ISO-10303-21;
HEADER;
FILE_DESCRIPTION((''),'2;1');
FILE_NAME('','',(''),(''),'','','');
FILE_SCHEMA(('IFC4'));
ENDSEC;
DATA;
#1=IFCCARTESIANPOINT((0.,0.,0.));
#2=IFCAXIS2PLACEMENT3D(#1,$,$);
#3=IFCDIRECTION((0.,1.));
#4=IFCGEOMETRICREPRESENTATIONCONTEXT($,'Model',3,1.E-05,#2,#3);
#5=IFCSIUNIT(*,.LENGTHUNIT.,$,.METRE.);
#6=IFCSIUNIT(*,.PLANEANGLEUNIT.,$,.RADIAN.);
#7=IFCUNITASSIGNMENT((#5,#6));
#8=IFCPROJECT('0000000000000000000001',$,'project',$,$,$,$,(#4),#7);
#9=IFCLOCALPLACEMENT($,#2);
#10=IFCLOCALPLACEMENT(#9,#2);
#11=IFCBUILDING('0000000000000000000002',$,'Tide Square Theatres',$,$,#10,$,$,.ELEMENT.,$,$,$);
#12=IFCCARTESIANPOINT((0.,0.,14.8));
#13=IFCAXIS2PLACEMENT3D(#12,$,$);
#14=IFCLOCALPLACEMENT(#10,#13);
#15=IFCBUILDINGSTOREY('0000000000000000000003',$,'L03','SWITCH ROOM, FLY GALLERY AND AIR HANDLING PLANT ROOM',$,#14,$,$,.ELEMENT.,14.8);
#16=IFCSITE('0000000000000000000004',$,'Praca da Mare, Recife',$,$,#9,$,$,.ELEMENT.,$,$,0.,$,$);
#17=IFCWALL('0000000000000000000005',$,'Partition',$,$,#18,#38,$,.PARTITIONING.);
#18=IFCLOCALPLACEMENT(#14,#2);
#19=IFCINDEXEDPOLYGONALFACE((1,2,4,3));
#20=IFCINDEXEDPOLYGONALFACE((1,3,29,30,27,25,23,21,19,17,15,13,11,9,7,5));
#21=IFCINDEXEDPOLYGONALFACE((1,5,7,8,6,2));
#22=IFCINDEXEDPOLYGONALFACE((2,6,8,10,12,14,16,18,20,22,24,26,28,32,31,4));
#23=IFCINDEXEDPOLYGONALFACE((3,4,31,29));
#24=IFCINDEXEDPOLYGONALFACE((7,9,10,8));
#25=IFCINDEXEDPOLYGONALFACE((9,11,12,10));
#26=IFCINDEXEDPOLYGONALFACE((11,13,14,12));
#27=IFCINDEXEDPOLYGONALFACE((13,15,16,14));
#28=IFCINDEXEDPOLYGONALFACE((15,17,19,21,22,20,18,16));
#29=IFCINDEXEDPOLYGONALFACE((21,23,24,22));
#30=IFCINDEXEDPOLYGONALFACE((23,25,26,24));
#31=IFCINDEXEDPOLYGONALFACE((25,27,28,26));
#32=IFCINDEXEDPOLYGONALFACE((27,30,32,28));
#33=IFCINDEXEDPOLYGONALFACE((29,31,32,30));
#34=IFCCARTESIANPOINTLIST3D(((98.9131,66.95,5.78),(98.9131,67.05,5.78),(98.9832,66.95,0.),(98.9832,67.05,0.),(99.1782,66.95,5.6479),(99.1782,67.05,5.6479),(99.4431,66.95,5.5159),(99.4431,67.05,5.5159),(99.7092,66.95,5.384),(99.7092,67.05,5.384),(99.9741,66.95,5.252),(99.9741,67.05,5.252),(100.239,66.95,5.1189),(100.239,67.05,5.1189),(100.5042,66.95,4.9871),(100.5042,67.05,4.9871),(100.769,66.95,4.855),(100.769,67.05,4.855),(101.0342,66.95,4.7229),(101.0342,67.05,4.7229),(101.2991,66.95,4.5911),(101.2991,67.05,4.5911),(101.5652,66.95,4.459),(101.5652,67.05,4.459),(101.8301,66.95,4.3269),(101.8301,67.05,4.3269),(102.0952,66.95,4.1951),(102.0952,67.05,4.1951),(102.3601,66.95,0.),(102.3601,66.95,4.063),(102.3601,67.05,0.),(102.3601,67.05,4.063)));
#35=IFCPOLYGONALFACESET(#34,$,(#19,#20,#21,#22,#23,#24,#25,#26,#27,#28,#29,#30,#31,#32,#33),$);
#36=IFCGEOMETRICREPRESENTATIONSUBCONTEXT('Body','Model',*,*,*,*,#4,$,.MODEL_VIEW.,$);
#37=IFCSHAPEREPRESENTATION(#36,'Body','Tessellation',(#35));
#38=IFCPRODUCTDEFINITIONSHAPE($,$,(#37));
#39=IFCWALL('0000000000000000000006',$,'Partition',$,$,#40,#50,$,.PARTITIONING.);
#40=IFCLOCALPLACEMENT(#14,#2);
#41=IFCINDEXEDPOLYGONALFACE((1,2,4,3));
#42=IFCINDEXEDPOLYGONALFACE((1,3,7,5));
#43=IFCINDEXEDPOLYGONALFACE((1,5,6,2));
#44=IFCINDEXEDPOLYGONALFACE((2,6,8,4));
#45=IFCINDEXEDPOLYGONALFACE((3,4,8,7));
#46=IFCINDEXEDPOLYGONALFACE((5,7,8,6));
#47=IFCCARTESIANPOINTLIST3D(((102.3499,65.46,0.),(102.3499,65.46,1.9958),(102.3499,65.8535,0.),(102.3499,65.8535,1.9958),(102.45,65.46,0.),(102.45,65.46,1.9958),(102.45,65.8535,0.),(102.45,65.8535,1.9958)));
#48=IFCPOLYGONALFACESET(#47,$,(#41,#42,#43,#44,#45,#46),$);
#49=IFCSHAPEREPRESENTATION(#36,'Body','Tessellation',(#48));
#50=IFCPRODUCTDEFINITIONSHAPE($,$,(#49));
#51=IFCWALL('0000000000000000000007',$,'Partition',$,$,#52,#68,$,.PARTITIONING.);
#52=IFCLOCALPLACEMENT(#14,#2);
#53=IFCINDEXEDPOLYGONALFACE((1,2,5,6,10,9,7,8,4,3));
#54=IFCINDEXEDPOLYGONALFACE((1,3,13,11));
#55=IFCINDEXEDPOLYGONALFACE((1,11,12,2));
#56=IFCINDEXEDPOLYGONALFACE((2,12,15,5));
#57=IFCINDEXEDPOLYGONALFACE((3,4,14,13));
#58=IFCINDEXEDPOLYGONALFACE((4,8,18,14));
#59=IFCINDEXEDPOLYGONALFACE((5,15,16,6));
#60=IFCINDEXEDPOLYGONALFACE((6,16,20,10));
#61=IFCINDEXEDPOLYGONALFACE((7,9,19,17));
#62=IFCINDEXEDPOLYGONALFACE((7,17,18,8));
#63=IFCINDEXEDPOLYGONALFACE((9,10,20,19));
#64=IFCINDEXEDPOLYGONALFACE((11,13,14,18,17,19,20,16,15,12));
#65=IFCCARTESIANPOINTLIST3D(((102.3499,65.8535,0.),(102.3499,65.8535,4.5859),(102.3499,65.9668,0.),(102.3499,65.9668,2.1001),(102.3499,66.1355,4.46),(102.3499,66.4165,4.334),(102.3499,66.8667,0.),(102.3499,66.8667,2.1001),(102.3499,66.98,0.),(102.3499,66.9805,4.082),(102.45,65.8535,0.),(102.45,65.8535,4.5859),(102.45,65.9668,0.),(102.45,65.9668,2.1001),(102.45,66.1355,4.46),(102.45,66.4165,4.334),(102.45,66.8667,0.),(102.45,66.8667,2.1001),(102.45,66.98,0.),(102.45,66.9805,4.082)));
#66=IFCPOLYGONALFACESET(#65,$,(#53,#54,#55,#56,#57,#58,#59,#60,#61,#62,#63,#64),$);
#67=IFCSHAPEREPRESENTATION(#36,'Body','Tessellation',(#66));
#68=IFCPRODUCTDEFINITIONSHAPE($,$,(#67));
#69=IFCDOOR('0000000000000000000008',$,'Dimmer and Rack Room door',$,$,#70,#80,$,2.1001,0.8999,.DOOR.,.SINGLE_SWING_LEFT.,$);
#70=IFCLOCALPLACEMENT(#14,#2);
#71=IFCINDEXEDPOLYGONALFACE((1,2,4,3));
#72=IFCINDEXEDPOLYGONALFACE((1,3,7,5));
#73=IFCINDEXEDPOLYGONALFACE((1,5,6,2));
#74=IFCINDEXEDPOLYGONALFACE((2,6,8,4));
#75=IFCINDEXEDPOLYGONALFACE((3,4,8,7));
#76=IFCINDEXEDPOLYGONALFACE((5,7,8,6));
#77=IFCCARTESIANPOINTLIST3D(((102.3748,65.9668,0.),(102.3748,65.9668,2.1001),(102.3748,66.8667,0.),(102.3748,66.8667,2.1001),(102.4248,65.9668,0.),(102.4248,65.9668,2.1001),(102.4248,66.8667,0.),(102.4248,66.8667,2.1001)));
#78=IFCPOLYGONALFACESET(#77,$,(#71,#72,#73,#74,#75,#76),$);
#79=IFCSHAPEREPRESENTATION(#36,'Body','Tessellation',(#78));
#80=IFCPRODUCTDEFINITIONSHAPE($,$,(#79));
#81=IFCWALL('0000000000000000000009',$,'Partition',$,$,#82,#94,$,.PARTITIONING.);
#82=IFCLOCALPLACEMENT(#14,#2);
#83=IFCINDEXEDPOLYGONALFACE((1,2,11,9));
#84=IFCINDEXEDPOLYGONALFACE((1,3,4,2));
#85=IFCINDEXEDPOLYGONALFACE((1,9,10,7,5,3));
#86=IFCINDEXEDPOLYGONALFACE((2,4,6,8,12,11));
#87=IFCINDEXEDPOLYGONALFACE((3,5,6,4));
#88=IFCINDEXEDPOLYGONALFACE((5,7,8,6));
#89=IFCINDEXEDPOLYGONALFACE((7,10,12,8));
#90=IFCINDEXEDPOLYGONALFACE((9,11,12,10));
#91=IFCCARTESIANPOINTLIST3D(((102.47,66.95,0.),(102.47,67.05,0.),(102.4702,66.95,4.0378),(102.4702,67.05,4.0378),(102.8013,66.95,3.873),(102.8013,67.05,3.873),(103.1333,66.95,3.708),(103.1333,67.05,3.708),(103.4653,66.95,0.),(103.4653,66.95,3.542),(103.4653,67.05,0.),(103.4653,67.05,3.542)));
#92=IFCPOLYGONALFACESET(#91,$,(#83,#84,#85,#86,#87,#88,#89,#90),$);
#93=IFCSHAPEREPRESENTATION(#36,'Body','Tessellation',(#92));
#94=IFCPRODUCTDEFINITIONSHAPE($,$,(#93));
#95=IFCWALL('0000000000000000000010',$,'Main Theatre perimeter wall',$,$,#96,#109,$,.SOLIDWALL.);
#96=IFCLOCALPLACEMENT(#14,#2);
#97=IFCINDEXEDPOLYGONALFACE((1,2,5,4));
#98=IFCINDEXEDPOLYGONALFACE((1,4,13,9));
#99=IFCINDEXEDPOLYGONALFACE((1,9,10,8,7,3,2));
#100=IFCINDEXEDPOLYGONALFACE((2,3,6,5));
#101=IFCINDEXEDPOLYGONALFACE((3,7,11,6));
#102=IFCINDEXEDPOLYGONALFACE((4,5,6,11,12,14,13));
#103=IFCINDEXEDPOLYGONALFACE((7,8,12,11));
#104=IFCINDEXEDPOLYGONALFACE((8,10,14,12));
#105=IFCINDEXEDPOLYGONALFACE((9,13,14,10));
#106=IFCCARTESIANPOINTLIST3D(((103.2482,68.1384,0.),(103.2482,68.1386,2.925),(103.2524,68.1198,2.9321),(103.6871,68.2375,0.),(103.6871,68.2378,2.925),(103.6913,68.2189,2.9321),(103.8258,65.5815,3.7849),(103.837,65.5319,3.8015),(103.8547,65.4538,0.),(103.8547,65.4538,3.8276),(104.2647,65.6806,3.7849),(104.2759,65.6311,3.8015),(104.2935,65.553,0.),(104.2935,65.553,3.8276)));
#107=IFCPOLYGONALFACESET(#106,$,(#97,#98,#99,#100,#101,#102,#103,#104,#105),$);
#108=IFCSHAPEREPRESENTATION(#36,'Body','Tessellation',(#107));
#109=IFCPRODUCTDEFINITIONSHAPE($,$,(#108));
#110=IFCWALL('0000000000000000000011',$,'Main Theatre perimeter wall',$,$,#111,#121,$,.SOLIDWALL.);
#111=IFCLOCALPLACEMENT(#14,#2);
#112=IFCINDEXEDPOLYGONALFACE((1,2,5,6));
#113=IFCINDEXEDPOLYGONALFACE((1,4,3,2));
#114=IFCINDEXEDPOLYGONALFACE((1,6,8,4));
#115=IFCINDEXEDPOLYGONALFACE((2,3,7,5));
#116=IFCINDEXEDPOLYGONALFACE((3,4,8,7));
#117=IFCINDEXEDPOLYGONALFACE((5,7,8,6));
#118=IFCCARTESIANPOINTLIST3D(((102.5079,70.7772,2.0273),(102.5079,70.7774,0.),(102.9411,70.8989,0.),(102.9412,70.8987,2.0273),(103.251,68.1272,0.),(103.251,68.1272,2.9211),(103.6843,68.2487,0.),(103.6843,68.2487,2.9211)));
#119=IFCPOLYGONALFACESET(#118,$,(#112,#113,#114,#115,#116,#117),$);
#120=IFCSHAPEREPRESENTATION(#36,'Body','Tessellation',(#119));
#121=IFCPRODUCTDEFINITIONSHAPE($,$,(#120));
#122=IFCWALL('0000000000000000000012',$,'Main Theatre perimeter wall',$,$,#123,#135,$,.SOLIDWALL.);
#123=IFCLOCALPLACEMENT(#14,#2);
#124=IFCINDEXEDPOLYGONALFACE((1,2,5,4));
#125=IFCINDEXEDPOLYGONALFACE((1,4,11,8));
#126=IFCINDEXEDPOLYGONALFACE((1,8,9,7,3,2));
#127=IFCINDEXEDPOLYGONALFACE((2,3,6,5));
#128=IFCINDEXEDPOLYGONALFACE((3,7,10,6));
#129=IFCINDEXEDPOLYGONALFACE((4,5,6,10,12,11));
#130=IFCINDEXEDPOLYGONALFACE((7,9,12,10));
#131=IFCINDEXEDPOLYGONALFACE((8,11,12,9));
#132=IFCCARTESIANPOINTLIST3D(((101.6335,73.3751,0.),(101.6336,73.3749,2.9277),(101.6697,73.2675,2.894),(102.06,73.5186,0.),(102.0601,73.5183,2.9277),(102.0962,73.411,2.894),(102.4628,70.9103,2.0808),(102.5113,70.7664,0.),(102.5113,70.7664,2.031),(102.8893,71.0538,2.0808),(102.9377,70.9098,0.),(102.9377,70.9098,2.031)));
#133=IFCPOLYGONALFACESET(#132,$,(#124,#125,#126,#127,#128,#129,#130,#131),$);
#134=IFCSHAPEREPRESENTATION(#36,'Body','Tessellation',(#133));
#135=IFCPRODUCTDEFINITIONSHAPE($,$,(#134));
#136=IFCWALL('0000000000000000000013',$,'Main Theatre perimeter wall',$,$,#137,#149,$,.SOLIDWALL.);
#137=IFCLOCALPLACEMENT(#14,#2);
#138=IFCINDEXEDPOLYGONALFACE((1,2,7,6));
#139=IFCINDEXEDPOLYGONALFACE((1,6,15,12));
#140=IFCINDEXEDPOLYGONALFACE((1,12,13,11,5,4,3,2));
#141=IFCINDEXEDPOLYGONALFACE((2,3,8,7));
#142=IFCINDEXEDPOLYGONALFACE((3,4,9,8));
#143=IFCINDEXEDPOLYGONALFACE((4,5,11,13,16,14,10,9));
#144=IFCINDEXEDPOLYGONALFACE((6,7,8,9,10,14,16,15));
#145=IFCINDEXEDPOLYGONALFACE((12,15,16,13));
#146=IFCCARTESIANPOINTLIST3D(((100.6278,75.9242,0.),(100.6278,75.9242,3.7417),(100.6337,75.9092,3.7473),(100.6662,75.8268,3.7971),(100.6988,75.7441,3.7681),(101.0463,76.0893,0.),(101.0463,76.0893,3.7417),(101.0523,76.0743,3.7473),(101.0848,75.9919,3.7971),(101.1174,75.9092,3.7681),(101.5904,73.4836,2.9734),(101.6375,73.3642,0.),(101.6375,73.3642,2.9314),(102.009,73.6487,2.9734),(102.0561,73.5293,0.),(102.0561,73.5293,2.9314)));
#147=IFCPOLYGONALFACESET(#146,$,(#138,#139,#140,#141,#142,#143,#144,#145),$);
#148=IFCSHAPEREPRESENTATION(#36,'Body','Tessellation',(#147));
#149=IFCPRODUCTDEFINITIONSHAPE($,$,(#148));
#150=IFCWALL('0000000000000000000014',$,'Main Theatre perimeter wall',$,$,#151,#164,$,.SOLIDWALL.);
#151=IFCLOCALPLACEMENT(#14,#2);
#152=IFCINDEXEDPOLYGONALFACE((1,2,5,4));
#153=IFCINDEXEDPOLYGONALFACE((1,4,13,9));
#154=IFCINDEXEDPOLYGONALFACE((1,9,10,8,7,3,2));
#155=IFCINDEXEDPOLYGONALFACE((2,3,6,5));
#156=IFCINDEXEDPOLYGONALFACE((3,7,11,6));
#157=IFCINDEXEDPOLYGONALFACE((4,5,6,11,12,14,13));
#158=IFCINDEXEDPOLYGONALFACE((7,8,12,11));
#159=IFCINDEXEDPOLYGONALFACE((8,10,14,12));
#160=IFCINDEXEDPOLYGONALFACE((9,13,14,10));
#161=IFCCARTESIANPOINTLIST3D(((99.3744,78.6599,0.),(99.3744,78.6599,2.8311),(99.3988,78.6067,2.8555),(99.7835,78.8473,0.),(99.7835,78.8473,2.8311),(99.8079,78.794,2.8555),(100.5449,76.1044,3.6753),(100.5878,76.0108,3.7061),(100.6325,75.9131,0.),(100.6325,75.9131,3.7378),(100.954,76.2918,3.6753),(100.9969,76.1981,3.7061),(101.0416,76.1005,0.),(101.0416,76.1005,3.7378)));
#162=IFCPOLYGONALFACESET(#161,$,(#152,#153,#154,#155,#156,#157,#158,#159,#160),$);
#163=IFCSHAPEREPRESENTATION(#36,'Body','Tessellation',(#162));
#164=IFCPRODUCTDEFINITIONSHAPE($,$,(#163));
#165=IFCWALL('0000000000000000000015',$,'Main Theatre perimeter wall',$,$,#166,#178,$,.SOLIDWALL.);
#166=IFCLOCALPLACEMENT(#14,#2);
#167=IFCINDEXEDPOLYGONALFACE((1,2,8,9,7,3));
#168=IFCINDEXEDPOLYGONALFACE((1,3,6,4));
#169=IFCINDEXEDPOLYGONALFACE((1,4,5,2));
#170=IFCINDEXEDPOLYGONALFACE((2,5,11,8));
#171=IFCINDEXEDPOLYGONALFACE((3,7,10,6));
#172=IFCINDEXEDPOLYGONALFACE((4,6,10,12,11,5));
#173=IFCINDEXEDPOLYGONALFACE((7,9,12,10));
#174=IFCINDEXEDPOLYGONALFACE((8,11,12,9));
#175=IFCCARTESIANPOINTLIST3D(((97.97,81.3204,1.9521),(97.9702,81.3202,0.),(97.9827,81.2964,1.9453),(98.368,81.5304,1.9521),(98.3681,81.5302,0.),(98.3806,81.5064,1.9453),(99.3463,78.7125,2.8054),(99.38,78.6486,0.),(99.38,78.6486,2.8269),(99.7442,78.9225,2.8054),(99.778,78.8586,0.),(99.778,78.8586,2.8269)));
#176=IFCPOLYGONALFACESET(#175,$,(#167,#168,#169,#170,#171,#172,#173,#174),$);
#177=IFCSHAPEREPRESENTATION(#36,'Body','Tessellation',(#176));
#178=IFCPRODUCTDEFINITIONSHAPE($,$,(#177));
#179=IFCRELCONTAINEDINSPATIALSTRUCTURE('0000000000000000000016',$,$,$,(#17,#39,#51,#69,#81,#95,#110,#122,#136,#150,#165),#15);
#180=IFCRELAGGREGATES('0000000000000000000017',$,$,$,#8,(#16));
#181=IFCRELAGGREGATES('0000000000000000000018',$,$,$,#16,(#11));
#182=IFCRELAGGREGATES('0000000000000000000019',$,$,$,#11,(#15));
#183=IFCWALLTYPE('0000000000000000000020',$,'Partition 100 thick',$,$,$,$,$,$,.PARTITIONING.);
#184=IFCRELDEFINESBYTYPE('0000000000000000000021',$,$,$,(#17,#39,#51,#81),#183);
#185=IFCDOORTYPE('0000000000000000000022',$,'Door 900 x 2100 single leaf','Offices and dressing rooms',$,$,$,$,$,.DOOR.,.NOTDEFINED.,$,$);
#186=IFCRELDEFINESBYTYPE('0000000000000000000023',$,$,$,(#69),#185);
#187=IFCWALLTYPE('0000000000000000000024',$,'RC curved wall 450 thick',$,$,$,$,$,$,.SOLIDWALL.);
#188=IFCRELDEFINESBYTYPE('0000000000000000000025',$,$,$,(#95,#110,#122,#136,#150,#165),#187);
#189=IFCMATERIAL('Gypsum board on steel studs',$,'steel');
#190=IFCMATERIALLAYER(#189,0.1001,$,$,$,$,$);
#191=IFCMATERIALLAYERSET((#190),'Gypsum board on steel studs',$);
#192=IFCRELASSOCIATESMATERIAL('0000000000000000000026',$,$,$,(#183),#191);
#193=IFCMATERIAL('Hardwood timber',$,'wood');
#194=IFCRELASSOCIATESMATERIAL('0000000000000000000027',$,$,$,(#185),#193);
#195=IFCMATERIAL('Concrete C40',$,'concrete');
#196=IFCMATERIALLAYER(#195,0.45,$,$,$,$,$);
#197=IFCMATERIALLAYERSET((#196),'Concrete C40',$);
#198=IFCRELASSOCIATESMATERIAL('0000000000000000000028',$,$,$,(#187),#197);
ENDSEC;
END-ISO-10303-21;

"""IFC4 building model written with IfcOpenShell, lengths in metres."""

from ifc_helpers import new_model, si_unit, direction, frame, frame_2d, origin, place, context, subcontext, project, spatial, polyline, rectangle, outline, extrude, material, layer, layer_set, type_object, element, fill, save


model = new_model("IFC4")

# Units and contexts
model_context = context("Model", 3, precision=1e-05, world=origin(), true_north=direction((0.0, 1.0)))
body_context = subcontext(model_context, "Body", "Model", "MODEL_VIEW")
ifc_project = project(units=[si_unit("LENGTHUNIT", "METRE"), si_unit("PLANEANGLEUNIT", "RADIAN")], contexts=[model_context])

# Site, building, storey
site_placement = place(None, origin())
site = spatial("IfcSite", under=ifc_project, at=site_placement, Name="Praca da Mare, Recife", CompositionType="ELEMENT", RefElevation=0.0)
building_placement = place(site_placement, origin())
building = spatial("IfcBuilding", under=site, at=building_placement, Name="Tide Square Theatres", CompositionType="ELEMENT")
storey_placement = place(building_placement, frame((0.0, 0.0, 14.8)))
storey = spatial("IfcBuildingStorey", under=building, at=storey_placement, Name="L03", Description="SWITCH ROOM, FLY GALLERY AND AIR HANDLING PLANT ROOM", CompositionType="ELEMENT", Elevation=14.8)

# Shared definitions
ifc_material_1 = material(Name="Gypsum board on steel studs", Category="steel")
ifc_layer_1 = layer(ifc_material_1, 0.1001)
ifc_layer_set_1 = layer_set([ifc_layer_1], Name="Gypsum board on steel studs")
wall_type_1 = type_object("IfcWallType", Name="Partition 100 thick", PredefinedType="PARTITIONING", material=ifc_layer_set_1)

# Walls
wall_1_placement = place(storey_placement, frame((102.3601, 67.0, 0.0), z_axis=(0.0, 0.0, 1.0), x_axis=(-1.0, 0.0, 0.0)))
element("IfcWall", 1, at=wall_1_placement, inside=storey, type_object=wall_type_1, Name="Partition", PredefinedType="PARTITIONING", context=body_context, shape_type="SweptSolid", body=[
    extrude(outline(polyline([(0.0, 0.0), (3.377, 0.0), (3.447, 5.78), (3.1819, 5.6479), (2.917, 5.5159), (2.6509, 5.384), (2.386, 5.252), (2.1211, 5.1189), (1.856, 4.9871), (1.5911, 4.855), (1.3259, 4.7229), (1.061, 4.5911), (0.7949, 4.459), (0.53, 4.3269), (0.2649, 4.1951), (0.0, 4.063), (0.0, 0.0)])), frame((0.0, 0.05, 0.0), z_axis=(0.0, -1.0, 0.0), x_axis=(1.0, 0.0, 0.0)), (0.0, 0.0, 1.0), 0.1001),
])
wall_2_placement = place(storey_placement, frame((102.3999, 65.46, 0.0), z_axis=(0.0, 0.0, 1.0), x_axis=(0.0, 1.0, 0.0)))
element("IfcWall", 2, at=wall_2_placement, inside=storey, type_object=wall_type_1, Name="Partition", PredefinedType="PARTITIONING", context=body_context, shape_type="SweptSolid", body=[
    extrude(rectangle(XDim=0.3936, YDim=0.1001, at=frame_2d((0.1968, 0.0))), origin(), (0.0, 0.0, 1.0), 1.9958),
])

# Wall, opening, door
wall_3_placement = place(storey_placement, frame((102.3999, 65.8535, 0.0), z_axis=(0.0, 0.0, 1.0), x_axis=(0.0, 1.0, 0.0)))
wall_3 = element("IfcWall", 3, at=wall_3_placement, inside=storey, type_object=wall_type_1, Name="Partition", PredefinedType="PARTITIONING", context=body_context, shape_type="SweptSolid", body=[
    extrude(outline(polyline([(0.0, 0.0), (1.1265, 0.0), (1.127, 4.082), (0.845, 4.208), (0.563, 4.334), (0.282, 4.46), (0.0, 4.5859), (0.0, 0.0)])), frame((0.0, 0.05, 0.0), z_axis=(0.0, -1.0, 0.0), x_axis=(1.0, 0.0, 0.0)), (0.0, 0.0, 1.0), 0.1001),
])
opening_1_placement = place(wall_3_placement, frame((0.1133, 0.0, 0.0)))
opening_1 = element("IfcOpeningElement", 4, at=opening_1_placement, cuts=wall_3, PredefinedType="OPENING", context=body_context, shape_type="SweptSolid", body=[
    extrude(rectangle(XDim=0.8999, YDim=2.1001, at=frame_2d((0.45, 1.05))), frame((0.0, 0.0601, 0.0), z_axis=(0.0, -1.0, 0.0), x_axis=(1.0, 0.0, 0.0)), (0.0, 0.0, 1.0), 0.1201),
])
ifc_material_2 = material(Name="Hardwood timber", Category="wood")
door_type_1 = type_object("IfcDoorType", Name="Door 900 x 2100 single leaf", Description="Offices and dressing rooms", OperationType="NOTDEFINED", PredefinedType="DOOR", material=ifc_material_2)
door_1_placement = place(opening_1_placement, frame((0.8999, 0.0, 0.0), z_axis=(0.0, 0.0, 1.0), x_axis=(-1.0, 0.0, 0.0)))
door_1 = element("IfcDoor", 5, at=door_1_placement, inside=storey, type_object=door_type_1, Name="Dimmer and Rack Room door", OperationType="SINGLE_SWING_LEFT", OverallHeight=2.1001, OverallWidth=0.8999, PredefinedType="DOOR", context=body_context, shape_type="SweptSolid", body=[
    extrude(rectangle(XDim=0.8999, YDim=2.1001, at=frame_2d((0.45, 1.05))), frame((0.0, 0.0249, 0.0), z_axis=(0.0, -1.0, 0.0), x_axis=(1.0, 0.0, 0.0)), (0.0, 0.0, 1.0), 0.05),
])
fill(opening_1, door_1)

# Walls
wall_4_placement = place(storey_placement, frame((103.4653, 67.0, 0.0), z_axis=(0.0, 0.0, 1.0), x_axis=(-1.0, 0.0, 0.0)))
element("IfcWall", 6, at=wall_4_placement, inside=storey, type_object=wall_type_1, Name="Partition", PredefinedType="PARTITIONING", context=body_context, shape_type="SweptSolid", body=[
    extrude(outline(polyline([(0.0, 0.0), (0.9954, 0.0), (0.9951, 4.0378), (0.6641, 3.873), (0.332, 3.708), (0.0, 3.542), (0.0, 0.0)])), frame((0.0, 0.05, 0.0), z_axis=(0.0, -1.0, 0.0), x_axis=(1.0, 0.0, 0.0)), (0.0, 0.0, 1.0), 0.1001),
])
ifc_material_3 = material(Name="Concrete C40", Category="concrete")
ifc_layer_2 = layer(ifc_material_3, 0.45)
ifc_layer_set_2 = layer_set([ifc_layer_2], Name="Concrete C40")
wall_type_2 = type_object("IfcWallType", Name="RC curved wall 450 thick", PredefinedType="SOLIDWALL", material=ifc_layer_set_2)
wall_5_placement = place(storey_placement, frame((104.0742, 65.5034, 0.0), z_axis=(0.0, 0.0, 1.0), x_axis=(-0.220348, 0.975421, 0.0)))
element("IfcWall", 7, at=wall_5_placement, inside=storey, type_object=wall_type_2, Name="Main Theatre perimeter wall", PredefinedType="SOLIDWALL", context=body_context, shape_type="SweptSolid", body=[
    extrude(outline(polyline([(0.0, 0.0), (2.7522, 0.0), (2.7524, 2.925), (2.7332, 2.9321), (0.1309, 3.7849), (0.0801, 3.8015), (0.0, 3.8276), (0.0, 0.0)])), frame((0.0, 0.2251, 0.0), z_axis=(0.0, -1.0, 0.0), x_axis=(1.0, 0.0, 0.0)), (0.0, 0.0, 1.0), 0.45),
])
wall_6_placement = place(storey_placement, frame((103.4678, 68.188, 0.0), z_axis=(0.0, 0.0, 1.0), x_axis=(-0.270008, 0.962858, 0.0)))
element("IfcWall", 8, at=wall_6_placement, inside=storey, type_object=wall_type_2, Name="Main Theatre perimeter wall", PredefinedType="SOLIDWALL", context=body_context, shape_type="SweptSolid", body=[
    extrude(outline(polyline([(0.0, 0.0), (2.7524, 0.0), (2.7522, 2.0273), (0.0, 2.9211), (0.0, 0.0)])), frame((0.0, 0.2251, 0.0), z_axis=(0.0, -1.0, 0.0), x_axis=(1.0, 0.0, 0.0)), (0.0, 0.0, 1.0), 0.45),
])
wall_7_placement = place(storey_placement, frame((102.7246, 70.8381, 0.0), z_axis=(0.0, 0.0, 1.0), x_axis=(-0.318888, 0.947793, 0.0)))
element("IfcWall", 9, at=wall_7_placement, inside=storey, type_object=wall_type_2, Name="Main Theatre perimeter wall", PredefinedType="SOLIDWALL", context=body_context, shape_type="SweptSolid", body=[
    extrude(outline(polyline([(0.0, 0.0), (2.7524, 0.0), (2.7522, 2.9277), (2.6389, 2.894), (0.1519, 2.0808), (0.0, 2.031), (0.0, 0.0)])), frame((0.0, 0.2251, 0.0), z_axis=(0.0, -1.0, 0.0), x_axis=(1.0, 0.0, 0.0)), (0.0, 0.0, 1.0), 0.45),
])
wall_8_placement = place(storey_placement, frame((101.8469, 73.4468, 0.0), z_axis=(0.0, 0.0, 1.0), x_axis=(-0.36692, 0.930252, 0.0)))
element("IfcWall", 10, at=wall_8_placement, inside=storey, type_object=wall_type_2, Name="Main Theatre perimeter wall", PredefinedType="SOLIDWALL", context=body_context, shape_type="SweptSolid", body=[
    extrude(outline(polyline([(0.0, 0.0), (2.752, 0.0), (2.752, 3.7417), (2.7358, 3.7473), (2.6472, 3.7971), (2.5583, 3.7681), (0.1284, 2.9734), (0.0, 2.9314), (0.0, 0.0)])), frame((0.0, 0.2251, 0.0), z_axis=(0.0, -1.0, 0.0), x_axis=(1.0, 0.0, 0.0)), (0.0, 0.0, 1.0), 0.45),
])
wall_9_placement = place(storey_placement, frame((100.8372, 76.0068, 0.0), z_axis=(0.0, 0.0, 1.0), x_axis=(-0.416407, 0.909178, 0.0)))
element("IfcWall", 11, at=wall_9_placement, inside=storey, type_object=wall_type_2, Name="Main Theatre perimeter wall", PredefinedType="SOLIDWALL", context=body_context, shape_type="SweptSolid", body=[
    extrude(outline(polyline([(0.0, 0.0), (3.0212, 0.0), (3.0212, 2.8311), (2.9626, 2.8555), (0.2104, 3.6753), (0.1074, 3.7061), (0.0, 3.7378), (0.0, 0.0)])), frame((0.0, 0.2251, 0.0), z_axis=(0.0, -1.0, 0.0), x_axis=(1.0, 0.0, 0.0)), (0.0, 0.0, 1.0), 0.45),
])
wall_10_placement = place(storey_placement, frame((99.5791, 78.7537, 0.0), z_axis=(0.0, 0.0, 1.0), x_axis=(-0.466729, 0.884401, 0.0)))
element("IfcWall", 12, at=wall_10_placement, inside=storey, type_object=wall_type_2, Name="Main Theatre perimeter wall", PredefinedType="SOLIDWALL", context=body_context, shape_type="SweptSolid", body=[
    extrude(outline(polyline([(0.0, 0.0), (3.0208, 0.0), (3.021, 1.9521), (2.9939, 1.9453), (0.0723, 2.8054), (0.0, 2.8269), (0.0, 0.0)])), frame((0.0, 0.2251, 0.0), z_axis=(0.0, -1.0, 0.0), x_axis=(1.0, 0.0, 0.0)), (0.0, 0.0, 1.0), 0.45),
])

save(model, "model.ifc")
